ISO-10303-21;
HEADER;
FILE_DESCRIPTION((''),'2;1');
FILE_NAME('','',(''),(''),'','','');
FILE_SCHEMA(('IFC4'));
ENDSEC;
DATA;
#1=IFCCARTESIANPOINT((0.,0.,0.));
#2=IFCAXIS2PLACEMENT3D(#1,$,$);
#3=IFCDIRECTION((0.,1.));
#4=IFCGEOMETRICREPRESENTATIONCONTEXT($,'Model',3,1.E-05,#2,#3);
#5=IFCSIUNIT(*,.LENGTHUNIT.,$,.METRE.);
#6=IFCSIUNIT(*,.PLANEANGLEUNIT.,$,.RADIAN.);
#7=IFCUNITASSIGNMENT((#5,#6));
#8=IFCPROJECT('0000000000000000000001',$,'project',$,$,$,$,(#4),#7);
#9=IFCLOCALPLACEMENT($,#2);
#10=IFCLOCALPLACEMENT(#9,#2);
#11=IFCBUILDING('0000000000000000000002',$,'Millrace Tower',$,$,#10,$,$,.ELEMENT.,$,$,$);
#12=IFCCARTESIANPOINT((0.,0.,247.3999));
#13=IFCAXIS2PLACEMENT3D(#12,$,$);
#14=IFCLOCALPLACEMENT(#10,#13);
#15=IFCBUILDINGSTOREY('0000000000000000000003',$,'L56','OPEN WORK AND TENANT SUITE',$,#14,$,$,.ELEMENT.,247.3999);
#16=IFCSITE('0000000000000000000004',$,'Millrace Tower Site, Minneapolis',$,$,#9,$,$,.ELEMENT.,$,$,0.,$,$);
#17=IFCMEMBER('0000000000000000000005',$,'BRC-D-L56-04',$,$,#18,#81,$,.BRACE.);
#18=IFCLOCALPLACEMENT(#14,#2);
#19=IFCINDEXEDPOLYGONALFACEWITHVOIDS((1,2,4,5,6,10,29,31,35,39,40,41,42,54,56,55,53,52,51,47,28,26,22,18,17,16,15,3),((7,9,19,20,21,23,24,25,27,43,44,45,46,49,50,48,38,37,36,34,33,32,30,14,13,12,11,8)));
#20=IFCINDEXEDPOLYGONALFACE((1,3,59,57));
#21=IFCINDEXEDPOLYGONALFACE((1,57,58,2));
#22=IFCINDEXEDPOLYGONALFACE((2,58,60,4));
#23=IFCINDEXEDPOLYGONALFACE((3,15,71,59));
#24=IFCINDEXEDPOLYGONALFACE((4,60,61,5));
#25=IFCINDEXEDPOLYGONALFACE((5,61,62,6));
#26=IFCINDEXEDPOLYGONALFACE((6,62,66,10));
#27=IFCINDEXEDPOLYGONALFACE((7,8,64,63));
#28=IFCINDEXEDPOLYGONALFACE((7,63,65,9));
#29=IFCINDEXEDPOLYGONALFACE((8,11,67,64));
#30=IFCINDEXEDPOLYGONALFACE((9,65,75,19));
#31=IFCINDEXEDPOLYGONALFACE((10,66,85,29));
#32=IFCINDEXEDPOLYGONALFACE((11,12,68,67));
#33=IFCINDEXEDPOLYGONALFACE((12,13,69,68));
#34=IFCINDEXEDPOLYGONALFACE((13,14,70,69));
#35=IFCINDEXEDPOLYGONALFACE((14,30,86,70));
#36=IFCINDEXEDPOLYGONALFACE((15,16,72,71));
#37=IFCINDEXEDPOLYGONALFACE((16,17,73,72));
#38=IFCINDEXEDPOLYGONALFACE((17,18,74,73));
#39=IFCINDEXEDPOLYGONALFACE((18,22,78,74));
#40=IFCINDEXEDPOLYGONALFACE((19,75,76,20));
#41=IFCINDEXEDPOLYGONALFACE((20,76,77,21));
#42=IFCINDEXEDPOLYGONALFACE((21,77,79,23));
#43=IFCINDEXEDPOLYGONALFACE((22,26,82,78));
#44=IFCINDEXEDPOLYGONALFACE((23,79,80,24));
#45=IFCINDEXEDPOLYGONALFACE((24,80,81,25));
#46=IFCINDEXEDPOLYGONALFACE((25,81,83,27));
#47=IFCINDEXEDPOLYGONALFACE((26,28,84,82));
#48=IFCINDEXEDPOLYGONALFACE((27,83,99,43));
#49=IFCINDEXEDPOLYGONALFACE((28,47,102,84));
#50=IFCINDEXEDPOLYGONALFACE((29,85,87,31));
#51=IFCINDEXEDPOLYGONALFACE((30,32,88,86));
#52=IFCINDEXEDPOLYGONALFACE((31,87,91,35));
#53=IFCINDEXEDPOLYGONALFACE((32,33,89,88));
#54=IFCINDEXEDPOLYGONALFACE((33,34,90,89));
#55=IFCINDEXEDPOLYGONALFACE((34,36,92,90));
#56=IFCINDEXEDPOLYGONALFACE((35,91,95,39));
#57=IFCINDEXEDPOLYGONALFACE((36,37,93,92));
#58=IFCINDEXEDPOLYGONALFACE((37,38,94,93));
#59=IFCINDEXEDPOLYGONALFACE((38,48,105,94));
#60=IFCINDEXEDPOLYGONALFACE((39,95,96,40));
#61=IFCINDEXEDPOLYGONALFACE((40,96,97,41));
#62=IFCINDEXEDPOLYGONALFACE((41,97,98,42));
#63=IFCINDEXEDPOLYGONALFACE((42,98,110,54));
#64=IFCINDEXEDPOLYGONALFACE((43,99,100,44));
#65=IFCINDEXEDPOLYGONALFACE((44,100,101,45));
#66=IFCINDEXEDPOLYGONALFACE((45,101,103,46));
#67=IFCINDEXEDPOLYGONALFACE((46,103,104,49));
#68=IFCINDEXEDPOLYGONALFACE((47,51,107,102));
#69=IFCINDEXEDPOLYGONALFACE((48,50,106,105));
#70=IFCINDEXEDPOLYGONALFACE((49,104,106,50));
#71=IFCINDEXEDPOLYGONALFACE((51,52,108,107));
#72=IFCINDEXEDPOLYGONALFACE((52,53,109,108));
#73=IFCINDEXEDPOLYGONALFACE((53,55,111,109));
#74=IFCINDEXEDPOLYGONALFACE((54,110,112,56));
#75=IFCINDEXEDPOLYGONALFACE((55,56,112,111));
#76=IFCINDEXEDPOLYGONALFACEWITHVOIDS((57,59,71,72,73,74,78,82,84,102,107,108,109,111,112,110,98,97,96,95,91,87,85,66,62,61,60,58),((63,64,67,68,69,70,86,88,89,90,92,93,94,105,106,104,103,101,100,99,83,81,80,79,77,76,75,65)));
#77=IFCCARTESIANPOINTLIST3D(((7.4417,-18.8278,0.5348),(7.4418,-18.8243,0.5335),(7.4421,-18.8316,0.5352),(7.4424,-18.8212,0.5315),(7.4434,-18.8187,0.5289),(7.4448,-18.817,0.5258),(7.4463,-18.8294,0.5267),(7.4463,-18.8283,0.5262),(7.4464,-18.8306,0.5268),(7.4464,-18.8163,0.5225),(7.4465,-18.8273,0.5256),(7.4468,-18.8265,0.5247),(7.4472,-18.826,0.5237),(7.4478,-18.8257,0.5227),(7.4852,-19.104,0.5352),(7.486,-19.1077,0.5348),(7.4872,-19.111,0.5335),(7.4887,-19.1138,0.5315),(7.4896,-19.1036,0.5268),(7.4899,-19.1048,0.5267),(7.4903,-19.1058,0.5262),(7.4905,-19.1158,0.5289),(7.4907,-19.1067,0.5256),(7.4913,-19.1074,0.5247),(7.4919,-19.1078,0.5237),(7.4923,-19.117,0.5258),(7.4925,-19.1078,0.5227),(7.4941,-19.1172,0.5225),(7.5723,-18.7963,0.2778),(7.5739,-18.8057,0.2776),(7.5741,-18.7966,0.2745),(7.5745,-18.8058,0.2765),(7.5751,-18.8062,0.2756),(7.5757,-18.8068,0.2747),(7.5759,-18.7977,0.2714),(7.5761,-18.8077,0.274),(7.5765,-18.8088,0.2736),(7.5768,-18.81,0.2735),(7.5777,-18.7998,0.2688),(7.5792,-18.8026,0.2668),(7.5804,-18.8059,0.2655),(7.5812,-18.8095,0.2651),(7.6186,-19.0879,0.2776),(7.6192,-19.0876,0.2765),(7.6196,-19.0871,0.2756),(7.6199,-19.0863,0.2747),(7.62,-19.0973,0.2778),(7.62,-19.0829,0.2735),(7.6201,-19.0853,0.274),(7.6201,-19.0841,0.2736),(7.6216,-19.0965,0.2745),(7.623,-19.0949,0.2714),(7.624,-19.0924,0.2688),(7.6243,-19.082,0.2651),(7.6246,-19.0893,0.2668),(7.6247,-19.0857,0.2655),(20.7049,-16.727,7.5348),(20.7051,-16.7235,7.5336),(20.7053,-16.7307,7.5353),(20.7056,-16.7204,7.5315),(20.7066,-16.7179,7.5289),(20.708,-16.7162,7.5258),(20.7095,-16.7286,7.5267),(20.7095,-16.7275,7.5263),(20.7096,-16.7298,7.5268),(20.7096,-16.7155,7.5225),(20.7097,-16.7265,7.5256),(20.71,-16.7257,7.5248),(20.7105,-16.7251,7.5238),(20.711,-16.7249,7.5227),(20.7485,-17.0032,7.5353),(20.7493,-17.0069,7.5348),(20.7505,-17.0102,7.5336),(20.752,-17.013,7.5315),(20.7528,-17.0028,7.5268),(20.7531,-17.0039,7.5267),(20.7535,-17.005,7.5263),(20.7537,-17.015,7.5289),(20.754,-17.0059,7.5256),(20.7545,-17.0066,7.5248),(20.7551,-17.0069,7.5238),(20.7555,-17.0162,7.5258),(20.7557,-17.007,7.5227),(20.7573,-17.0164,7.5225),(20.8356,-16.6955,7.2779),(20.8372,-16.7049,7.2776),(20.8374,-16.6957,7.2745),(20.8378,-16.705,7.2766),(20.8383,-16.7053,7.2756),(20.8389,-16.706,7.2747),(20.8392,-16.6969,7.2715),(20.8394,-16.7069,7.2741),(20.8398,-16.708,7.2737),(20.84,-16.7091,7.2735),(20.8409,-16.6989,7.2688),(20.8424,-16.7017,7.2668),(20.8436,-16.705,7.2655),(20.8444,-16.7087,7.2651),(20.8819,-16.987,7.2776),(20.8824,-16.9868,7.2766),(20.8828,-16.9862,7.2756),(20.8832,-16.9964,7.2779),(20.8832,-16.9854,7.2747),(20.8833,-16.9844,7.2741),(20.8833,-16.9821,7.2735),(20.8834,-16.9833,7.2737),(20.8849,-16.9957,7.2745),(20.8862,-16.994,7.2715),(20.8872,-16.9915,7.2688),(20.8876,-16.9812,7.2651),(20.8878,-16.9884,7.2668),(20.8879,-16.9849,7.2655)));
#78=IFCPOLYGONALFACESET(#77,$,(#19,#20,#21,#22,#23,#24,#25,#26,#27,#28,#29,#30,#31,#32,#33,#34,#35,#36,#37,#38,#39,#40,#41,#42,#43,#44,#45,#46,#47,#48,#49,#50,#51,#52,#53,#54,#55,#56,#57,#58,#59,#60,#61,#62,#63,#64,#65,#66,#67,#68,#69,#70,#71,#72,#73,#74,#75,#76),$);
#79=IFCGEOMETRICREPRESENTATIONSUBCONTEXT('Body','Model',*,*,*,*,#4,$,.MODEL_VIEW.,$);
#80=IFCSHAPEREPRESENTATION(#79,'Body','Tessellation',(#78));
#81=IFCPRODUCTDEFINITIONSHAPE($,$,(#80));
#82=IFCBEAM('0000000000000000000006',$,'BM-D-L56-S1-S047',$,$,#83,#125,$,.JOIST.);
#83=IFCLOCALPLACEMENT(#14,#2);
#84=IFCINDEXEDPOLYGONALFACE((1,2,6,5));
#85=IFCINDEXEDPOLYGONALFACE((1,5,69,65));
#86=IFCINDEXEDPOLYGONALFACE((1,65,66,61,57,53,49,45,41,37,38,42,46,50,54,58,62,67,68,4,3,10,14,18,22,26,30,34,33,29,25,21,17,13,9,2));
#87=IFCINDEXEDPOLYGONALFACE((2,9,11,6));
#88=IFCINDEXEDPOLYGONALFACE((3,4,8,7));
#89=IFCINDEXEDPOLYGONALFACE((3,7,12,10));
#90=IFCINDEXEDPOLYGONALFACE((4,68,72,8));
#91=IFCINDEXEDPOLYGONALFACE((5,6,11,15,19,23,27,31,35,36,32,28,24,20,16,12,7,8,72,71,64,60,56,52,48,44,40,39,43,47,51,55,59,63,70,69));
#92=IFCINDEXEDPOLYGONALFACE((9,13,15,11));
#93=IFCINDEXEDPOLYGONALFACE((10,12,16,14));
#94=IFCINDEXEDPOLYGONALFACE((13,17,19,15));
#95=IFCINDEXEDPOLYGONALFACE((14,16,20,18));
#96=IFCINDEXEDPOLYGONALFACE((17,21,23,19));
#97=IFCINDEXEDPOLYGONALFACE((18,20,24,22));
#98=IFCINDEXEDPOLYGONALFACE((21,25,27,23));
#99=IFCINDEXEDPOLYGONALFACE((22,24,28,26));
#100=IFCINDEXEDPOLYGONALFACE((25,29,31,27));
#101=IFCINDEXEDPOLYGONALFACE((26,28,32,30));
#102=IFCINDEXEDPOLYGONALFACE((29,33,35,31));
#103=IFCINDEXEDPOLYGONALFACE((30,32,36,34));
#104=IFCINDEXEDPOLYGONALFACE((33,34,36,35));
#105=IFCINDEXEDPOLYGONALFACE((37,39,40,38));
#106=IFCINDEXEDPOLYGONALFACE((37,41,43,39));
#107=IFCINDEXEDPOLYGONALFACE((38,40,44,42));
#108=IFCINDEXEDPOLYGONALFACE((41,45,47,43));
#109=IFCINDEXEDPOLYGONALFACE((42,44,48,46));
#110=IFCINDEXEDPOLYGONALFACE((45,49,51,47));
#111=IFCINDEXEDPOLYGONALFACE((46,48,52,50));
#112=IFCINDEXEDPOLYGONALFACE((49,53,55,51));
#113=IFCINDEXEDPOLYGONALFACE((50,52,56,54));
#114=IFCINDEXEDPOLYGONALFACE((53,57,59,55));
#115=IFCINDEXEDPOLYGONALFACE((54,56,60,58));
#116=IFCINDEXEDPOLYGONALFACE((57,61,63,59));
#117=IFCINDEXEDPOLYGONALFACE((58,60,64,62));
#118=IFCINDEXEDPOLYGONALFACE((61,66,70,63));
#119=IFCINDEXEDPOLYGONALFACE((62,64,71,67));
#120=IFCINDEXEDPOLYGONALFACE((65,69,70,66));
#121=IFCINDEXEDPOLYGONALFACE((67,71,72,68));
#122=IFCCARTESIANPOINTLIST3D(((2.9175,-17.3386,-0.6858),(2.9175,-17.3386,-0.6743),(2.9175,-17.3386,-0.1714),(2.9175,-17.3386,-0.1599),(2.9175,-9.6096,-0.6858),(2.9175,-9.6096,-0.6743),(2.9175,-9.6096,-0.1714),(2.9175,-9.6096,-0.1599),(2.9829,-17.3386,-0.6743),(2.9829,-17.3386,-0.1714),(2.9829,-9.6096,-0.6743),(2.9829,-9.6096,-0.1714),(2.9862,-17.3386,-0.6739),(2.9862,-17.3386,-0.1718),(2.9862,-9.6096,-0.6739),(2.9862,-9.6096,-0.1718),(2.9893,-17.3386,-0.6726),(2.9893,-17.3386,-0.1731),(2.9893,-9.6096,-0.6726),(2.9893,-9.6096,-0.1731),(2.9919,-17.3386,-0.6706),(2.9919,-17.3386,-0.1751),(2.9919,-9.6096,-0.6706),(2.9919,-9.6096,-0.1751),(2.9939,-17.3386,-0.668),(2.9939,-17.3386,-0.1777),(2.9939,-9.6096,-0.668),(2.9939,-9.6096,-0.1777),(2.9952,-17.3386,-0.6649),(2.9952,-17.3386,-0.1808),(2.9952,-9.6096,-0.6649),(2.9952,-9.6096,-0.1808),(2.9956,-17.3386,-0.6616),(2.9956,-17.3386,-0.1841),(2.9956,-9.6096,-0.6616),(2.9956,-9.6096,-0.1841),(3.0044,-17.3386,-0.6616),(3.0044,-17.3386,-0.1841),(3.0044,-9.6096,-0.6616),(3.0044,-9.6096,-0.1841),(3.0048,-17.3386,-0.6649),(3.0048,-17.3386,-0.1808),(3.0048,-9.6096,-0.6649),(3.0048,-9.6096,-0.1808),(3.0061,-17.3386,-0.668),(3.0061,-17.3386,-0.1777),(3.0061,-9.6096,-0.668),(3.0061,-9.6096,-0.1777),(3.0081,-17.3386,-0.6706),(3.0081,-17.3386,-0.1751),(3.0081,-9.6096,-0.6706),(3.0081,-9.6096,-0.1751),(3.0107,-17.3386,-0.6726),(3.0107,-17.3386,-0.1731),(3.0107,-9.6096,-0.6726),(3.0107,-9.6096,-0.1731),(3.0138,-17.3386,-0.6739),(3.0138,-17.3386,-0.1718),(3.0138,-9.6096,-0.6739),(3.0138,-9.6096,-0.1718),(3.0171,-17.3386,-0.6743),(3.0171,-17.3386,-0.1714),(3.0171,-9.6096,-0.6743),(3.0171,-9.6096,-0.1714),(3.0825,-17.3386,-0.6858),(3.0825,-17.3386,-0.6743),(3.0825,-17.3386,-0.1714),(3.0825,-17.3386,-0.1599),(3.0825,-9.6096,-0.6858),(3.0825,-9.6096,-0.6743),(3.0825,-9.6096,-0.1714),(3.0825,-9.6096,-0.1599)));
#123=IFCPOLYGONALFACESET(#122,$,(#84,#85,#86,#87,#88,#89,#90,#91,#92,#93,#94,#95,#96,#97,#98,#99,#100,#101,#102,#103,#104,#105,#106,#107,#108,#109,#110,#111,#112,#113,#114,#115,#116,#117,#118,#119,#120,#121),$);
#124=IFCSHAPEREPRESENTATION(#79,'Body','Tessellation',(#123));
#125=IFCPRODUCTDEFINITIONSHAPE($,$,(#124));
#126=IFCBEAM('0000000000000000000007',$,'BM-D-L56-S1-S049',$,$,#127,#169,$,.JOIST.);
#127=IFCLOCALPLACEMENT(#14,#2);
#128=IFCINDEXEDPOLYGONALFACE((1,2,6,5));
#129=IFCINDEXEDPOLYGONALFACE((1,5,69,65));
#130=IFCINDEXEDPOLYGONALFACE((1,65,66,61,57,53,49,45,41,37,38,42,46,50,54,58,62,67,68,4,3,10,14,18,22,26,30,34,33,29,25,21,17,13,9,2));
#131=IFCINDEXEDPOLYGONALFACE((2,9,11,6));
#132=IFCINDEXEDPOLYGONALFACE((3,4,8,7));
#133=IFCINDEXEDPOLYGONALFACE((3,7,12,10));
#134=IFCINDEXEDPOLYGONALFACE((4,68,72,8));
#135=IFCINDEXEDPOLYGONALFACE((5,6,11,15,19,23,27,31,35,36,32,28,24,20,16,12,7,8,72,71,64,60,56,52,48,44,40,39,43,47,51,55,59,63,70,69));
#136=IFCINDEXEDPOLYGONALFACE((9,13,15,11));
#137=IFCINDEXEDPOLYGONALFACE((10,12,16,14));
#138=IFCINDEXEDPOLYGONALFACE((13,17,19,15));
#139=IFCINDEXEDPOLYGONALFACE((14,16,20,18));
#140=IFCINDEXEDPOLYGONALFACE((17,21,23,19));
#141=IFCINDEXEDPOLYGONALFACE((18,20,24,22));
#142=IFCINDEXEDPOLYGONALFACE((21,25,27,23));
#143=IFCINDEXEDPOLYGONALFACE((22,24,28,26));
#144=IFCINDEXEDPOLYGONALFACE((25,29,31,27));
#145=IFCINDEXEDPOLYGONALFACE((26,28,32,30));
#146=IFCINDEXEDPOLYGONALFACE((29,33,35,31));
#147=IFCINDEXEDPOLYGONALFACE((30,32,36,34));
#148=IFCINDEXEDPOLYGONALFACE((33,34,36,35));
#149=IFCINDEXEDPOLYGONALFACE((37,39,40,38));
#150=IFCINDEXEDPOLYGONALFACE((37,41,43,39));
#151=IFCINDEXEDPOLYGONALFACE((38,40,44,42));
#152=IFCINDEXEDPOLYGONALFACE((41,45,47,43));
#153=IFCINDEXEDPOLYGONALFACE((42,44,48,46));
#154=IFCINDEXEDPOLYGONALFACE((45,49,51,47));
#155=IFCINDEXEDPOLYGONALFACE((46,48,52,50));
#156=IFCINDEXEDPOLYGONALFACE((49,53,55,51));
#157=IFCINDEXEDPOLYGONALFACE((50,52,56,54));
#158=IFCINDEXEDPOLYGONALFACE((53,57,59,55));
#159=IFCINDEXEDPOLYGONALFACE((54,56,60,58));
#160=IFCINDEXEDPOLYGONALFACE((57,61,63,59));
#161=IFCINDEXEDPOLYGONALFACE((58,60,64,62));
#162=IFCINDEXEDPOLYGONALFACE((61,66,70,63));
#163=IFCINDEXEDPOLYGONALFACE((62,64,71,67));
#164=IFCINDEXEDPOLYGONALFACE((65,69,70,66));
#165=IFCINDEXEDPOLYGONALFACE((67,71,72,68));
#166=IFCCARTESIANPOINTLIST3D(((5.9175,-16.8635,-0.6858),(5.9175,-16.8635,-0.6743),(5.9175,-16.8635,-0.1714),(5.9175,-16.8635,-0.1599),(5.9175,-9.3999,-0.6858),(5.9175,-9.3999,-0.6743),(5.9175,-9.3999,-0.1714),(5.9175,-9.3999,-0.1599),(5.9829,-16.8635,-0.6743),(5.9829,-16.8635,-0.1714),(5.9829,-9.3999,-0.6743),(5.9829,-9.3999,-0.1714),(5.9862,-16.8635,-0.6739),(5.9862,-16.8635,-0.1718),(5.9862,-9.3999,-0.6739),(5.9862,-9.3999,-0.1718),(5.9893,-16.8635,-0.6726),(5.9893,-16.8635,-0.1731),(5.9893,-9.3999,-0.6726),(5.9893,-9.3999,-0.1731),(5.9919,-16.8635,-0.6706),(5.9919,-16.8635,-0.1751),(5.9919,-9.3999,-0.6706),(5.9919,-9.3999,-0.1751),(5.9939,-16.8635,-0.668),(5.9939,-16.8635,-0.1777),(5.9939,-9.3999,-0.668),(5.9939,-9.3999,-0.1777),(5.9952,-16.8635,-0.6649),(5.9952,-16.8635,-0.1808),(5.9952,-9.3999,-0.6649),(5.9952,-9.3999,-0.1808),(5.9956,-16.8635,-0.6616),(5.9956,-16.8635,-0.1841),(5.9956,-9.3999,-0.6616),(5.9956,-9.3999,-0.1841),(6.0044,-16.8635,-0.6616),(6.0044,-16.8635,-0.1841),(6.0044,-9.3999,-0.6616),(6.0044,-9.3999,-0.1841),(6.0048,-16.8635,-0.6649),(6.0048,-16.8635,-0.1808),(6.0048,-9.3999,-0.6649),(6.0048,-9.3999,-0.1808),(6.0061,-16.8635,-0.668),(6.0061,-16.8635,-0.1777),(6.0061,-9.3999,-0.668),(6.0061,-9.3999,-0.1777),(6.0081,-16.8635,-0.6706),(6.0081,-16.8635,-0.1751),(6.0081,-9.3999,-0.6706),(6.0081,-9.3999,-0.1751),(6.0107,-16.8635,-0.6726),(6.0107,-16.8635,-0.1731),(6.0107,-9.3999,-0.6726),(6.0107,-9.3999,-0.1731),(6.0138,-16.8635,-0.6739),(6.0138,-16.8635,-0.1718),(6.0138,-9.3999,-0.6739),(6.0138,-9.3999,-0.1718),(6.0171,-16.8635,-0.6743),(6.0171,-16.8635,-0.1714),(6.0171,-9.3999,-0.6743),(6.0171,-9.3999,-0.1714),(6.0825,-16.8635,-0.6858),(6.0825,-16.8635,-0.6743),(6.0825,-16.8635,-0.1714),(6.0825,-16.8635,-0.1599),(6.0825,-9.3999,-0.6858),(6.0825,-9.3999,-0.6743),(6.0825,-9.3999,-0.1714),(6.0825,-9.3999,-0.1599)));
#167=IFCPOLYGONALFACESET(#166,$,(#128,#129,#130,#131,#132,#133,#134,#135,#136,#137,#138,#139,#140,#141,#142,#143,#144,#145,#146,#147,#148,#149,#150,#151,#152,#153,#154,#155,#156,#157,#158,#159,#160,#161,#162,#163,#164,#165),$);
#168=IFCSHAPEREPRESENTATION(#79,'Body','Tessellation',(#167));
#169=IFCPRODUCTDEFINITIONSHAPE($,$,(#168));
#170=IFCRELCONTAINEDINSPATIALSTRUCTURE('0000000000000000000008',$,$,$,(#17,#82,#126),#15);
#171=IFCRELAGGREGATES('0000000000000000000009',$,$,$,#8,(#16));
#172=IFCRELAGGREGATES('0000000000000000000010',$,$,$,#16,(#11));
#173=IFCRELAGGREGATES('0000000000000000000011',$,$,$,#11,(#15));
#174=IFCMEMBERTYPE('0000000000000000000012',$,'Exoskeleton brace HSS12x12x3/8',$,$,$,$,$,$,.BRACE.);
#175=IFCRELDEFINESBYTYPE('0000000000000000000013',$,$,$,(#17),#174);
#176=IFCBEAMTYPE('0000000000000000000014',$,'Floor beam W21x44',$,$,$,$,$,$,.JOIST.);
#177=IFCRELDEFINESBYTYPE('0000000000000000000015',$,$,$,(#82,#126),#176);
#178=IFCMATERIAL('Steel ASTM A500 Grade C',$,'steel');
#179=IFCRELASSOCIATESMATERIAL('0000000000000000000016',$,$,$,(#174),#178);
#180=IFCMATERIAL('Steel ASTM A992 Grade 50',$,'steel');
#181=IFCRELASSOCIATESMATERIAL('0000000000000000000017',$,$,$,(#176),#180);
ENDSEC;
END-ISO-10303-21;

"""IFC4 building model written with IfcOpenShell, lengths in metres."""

from ifc_helpers import new_model, si_unit, direction, frame, origin, origin_2d, place, context, subcontext, project, spatial, hollow_rectangle, i_section, extrude, material, material_profile, profile_set, type_object, element, save


model = new_model("IFC4")

# Units and contexts
model_context = context("Model", 3, precision=1e-05, world=origin(), true_north=direction((0.0, 1.0)))
body_context = subcontext(model_context, "Body", "Model", "MODEL_VIEW")
ifc_project = project(units=[si_unit("LENGTHUNIT", "METRE"), si_unit("PLANEANGLEUNIT", "RADIAN")], contexts=[model_context])

# Site, building, storey
site_placement = place(None, origin())
site = spatial("IfcSite", under=ifc_project, at=site_placement, Name="Millrace Tower Site, Minneapolis", CompositionType="ELEMENT", RefElevation=0.0)
building_placement = place(site_placement, origin())
building = spatial("IfcBuilding", under=site, at=building_placement, Name="Millrace Tower", CompositionType="ELEMENT")
storey_placement = place(building_placement, frame((0.0, 0.0, 247.3999)))
storey = spatial("IfcBuildingStorey", under=building, at=storey_placement, Name="L56", Description="OPEN WORK AND TENANT SUITE", CompositionType="ELEMENT", Elevation=247.3999)

# Member
ifc_material_1 = material(Name="Steel ASTM A500 Grade C", Category="steel")
ifc_material_profile_1 = material_profile(ifc_material_1, hollow_rectangle(XDim=0.3047, YDim=0.3047, WallThickness=0.0095, InnerFilletRadius=0.0046, OuterFilletRadius=0.0144, at=origin_2d()))
ifc_profile_set_1 = profile_set([ifc_material_profile_1], Name="Steel ASTM A500 Grade C")
member_type_1 = type_object("IfcMemberType", Name="Exoskeleton brace HSS12x12x3/8", PredefinedType="BRACE", material=ifc_profile_set_1)
member_1_placement = place(storey_placement, frame((7.5332, -18.9568, 0.4001), z_axis=(0.875834, 0.138728, 0.462245), x_axis=(-0.156445, 0.987687, 0.0)))
element("IfcMember", 1, at=member_1_placement, inside=storey, type_object=member_type_1, Name="BRC-D-L56-04", PredefinedType="BRACE", context=body_context, shape_type="SweptSolid", body=[
    extrude(hollow_rectangle(XDim=0.3047, YDim=0.3047, WallThickness=0.0095, InnerFilletRadius=0.0046, OuterFilletRadius=0.0144, at=origin_2d()), origin(), (0.0, 0.0, 1.0), 15.1436),
])

# Beams
ifc_material_2 = material(Name="Steel ASTM A992 Grade 50", Category="steel")
ifc_material_profile_2 = material_profile(ifc_material_2, i_section(OverallWidth=0.165, OverallDepth=0.5259, WebThickness=0.0088, FlangeThickness=0.0115, FilletRadius=0.0127, at=origin_2d()))
ifc_profile_set_2 = profile_set([ifc_material_profile_2], Name="Steel ASTM A992 Grade 50")
beam_type_1 = type_object("IfcBeamType", Name="Floor beam W21x44", PredefinedType="JOIST", material=ifc_profile_set_2)
beam_1_placement = place(storey_placement, frame((3.0, -17.3386, -0.4229), z_axis=(0.0, 1.0, 0.0), x_axis=(-1.0, 0.0, 0.0)))
element("IfcBeam", 2, at=beam_1_placement, inside=storey, type_object=beam_type_1, Name="BM-D-L56-S1-S047", PredefinedType="JOIST", context=body_context, shape_type="SweptSolid", body=[
    extrude(i_section(OverallWidth=0.165, OverallDepth=0.5259, WebThickness=0.0088, FlangeThickness=0.0115, FilletRadius=0.0127, at=origin_2d()), origin(), (0.0, 0.0, 1.0), 7.729),
])
beam_2_placement = place(storey_placement, frame((6.0, -16.8635, -0.4229), z_axis=(0.0, 1.0, 0.0), x_axis=(-1.0, 0.0, 0.0)))
element("IfcBeam", 3, at=beam_2_placement, inside=storey, type_object=beam_type_1, Name="BM-D-L56-S1-S049", PredefinedType="JOIST", context=body_context, shape_type="SweptSolid", body=[
    extrude(i_section(OverallWidth=0.165, OverallDepth=0.5259, WebThickness=0.0088, FlangeThickness=0.0115, FilletRadius=0.0127, at=origin_2d()), origin(), (0.0, 0.0, 1.0), 7.4636),
])

save(model, "model.ifc")
